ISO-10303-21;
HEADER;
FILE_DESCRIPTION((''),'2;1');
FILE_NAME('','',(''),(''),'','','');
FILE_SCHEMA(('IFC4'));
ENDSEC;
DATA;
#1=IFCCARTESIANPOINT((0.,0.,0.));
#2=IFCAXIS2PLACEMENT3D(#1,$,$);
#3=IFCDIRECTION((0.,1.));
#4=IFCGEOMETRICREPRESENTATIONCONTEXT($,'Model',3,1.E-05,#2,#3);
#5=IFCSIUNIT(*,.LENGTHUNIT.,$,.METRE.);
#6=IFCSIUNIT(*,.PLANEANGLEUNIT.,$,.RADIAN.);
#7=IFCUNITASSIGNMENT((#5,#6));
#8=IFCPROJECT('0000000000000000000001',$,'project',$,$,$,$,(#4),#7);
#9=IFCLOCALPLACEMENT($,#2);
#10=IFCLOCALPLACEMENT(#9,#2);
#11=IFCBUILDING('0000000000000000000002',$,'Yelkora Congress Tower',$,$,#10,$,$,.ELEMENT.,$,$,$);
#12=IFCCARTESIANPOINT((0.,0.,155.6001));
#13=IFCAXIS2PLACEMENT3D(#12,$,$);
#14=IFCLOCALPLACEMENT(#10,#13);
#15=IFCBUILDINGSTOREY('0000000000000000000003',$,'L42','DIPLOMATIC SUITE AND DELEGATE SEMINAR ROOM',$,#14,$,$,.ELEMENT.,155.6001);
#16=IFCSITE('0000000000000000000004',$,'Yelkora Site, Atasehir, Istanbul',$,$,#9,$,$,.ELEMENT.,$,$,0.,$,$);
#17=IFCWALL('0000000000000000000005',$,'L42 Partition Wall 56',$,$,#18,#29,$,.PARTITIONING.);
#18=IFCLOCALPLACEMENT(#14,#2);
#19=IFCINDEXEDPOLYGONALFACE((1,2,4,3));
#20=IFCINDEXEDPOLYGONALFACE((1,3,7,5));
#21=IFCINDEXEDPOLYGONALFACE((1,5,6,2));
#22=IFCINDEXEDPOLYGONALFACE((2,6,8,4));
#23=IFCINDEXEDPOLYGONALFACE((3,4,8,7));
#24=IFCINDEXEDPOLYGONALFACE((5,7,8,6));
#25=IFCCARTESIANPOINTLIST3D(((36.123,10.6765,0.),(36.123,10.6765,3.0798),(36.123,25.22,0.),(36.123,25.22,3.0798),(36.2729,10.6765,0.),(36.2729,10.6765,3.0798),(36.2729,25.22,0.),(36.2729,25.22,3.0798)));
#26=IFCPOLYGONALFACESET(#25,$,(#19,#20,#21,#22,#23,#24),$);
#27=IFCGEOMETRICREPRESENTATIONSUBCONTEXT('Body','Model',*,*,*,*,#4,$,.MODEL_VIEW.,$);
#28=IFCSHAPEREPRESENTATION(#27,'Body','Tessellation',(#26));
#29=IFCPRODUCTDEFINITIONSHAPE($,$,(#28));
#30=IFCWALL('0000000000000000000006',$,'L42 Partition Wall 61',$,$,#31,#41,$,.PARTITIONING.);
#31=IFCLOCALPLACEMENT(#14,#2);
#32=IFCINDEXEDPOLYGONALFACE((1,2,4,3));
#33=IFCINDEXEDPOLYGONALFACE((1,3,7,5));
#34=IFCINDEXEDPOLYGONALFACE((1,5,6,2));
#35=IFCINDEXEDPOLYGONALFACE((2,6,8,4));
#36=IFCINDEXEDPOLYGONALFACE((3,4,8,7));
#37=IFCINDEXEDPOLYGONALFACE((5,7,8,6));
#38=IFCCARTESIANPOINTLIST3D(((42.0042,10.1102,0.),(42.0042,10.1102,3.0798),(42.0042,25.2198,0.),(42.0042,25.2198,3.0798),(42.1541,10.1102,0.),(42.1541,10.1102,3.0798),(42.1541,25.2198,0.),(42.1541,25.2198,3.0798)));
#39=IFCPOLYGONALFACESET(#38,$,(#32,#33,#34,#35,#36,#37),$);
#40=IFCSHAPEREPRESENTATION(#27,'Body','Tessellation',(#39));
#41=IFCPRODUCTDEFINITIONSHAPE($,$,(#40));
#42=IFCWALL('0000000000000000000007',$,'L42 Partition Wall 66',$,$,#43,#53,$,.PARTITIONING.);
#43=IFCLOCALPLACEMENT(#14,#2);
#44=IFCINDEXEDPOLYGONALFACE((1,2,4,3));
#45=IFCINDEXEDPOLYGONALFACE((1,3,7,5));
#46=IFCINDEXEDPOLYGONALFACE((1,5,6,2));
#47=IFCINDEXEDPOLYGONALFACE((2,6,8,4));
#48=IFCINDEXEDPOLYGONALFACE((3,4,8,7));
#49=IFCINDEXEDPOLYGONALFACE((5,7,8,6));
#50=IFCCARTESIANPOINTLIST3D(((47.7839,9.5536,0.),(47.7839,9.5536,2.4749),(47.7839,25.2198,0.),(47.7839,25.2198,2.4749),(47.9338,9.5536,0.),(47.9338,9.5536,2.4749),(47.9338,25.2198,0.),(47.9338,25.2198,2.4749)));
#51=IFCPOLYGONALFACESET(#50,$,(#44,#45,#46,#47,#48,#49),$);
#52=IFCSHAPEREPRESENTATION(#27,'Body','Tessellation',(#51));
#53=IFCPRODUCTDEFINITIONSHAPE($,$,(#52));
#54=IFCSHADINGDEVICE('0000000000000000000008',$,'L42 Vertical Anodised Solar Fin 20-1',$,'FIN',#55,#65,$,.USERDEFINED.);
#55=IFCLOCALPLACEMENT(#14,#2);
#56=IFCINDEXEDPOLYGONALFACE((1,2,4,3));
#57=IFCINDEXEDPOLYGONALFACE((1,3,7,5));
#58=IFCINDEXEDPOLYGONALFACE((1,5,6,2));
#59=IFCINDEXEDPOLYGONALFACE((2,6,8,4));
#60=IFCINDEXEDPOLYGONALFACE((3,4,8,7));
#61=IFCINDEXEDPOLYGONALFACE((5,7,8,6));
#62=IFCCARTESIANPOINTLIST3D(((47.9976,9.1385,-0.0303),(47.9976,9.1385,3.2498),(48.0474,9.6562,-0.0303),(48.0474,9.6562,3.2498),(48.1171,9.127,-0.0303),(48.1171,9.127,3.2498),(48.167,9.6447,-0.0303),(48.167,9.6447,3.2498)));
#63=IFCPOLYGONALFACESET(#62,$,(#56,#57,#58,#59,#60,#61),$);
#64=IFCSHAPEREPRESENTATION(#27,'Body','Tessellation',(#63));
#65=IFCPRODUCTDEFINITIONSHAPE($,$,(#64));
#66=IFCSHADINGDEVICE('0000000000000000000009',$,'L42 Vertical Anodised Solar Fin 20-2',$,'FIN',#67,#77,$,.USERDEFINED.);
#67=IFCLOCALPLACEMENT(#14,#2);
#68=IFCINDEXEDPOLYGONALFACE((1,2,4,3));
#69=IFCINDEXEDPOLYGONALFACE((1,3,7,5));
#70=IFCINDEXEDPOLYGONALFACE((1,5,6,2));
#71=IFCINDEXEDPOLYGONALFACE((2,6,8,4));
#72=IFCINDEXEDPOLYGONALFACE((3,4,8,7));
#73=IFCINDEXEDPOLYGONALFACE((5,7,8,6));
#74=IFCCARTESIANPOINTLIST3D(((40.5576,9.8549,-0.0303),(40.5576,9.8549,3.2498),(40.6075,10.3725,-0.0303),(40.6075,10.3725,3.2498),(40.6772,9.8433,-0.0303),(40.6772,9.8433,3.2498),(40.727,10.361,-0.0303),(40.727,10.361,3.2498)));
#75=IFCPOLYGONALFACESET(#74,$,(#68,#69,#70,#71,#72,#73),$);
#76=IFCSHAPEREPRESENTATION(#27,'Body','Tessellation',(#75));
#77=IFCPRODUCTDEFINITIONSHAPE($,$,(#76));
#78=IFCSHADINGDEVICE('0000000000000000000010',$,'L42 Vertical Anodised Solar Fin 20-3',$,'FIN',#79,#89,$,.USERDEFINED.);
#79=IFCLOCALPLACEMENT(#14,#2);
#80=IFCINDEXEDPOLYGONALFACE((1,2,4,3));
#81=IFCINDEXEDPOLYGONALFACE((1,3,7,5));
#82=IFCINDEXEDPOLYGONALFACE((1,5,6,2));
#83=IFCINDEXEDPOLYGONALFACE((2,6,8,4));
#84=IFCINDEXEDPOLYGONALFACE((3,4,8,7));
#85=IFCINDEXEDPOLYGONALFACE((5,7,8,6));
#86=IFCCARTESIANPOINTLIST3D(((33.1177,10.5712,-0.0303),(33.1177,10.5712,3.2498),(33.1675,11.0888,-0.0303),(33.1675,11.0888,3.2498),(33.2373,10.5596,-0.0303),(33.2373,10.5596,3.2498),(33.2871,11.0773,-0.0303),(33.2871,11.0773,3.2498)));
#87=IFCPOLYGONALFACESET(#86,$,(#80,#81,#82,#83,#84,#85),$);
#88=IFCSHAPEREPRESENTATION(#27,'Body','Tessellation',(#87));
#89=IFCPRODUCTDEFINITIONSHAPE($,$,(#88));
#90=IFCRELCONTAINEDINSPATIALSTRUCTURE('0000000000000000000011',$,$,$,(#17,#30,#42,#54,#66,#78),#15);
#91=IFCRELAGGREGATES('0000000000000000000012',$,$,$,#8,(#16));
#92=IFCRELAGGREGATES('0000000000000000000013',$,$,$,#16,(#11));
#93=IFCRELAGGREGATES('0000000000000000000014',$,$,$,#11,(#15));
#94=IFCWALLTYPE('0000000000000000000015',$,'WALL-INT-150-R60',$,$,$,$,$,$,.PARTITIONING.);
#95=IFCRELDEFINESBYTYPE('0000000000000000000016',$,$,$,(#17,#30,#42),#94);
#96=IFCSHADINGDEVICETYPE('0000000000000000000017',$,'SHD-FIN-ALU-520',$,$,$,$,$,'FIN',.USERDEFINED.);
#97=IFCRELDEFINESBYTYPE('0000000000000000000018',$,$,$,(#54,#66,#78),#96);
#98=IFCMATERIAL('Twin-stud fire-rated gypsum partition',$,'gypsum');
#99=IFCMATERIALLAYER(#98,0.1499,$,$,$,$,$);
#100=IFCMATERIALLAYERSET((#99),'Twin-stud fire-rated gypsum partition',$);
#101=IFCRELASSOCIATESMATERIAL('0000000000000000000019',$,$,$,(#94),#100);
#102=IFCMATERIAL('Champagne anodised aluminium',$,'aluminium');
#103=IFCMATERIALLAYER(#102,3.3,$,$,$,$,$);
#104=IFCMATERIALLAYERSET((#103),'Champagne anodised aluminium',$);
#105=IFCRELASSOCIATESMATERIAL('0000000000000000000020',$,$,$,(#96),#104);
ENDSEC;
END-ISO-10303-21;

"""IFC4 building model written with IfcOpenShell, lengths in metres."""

from ifc_helpers import new_model, si_unit, direction, frame, frame_2d, origin, origin_2d, place, context, subcontext, project, spatial, rectangle, extrude, material, layer, layer_set, type_object, element, save


model = new_model("IFC4")

# Units and contexts
model_context = context("Model", 3, precision=1e-05, world=origin(), true_north=direction((0.0, 1.0)))
body_context = subcontext(model_context, "Body", "Model", "MODEL_VIEW")
ifc_project = project(units=[si_unit("LENGTHUNIT", "METRE"), si_unit("PLANEANGLEUNIT", "RADIAN")], contexts=[model_context])

# Site, building, storey
site_placement = place(None, origin())
site = spatial("IfcSite", under=ifc_project, at=site_placement, Name="Yelkora Site, Atasehir, Istanbul", CompositionType="ELEMENT", RefElevation=0.0)
building_placement = place(site_placement, origin())
building = spatial("IfcBuilding", under=site, at=building_placement, Name="Yelkora Congress Tower", CompositionType="ELEMENT")
storey_placement = place(building_placement, frame((0.0, 0.0, 155.6001)))
storey = spatial("IfcBuildingStorey", under=building, at=storey_placement, Name="L42", Description="DIPLOMATIC SUITE AND DELEGATE SEMINAR ROOM", CompositionType="ELEMENT", Elevation=155.6001)

# Walls
ifc_material_1 = material(Name="Twin-stud fire-rated gypsum partition", Category="gypsum")
ifc_layer_1 = layer(ifc_material_1, 0.1499)
ifc_layer_set_1 = layer_set([ifc_layer_1], Name="Twin-stud fire-rated gypsum partition")
wall_type = type_object("IfcWallType", Name="WALL-INT-150-R60", PredefinedType="PARTITIONING", material=ifc_layer_set_1)
wall_1_placement = place(storey_placement, frame((36.198, 10.6765, 0.0), z_axis=(0.0, 0.0, 1.0), x_axis=(0.0, 1.0, 0.0)))
element("IfcWall", 1, at=wall_1_placement, inside=storey, type_object=wall_type, Name="L42 Partition Wall 56", PredefinedType="PARTITIONING", context=body_context, shape_type="SweptSolid", body=[
    extrude(rectangle(XDim=14.5435, YDim=0.1499, at=frame_2d((7.2717, 0.0))), origin(), (0.0, 0.0, 1.0), 3.0798),
])
wall_2_placement = place(storey_placement, frame((42.0791, 10.1104, 0.0), z_axis=(0.0, 0.0, 1.0), x_axis=(0.0, 1.0, 0.0)))
element("IfcWall", 2, at=wall_2_placement, inside=storey, type_object=wall_type, Name="L42 Partition Wall 61", PredefinedType="PARTITIONING", context=body_context, shape_type="SweptSolid", body=[
    extrude(rectangle(XDim=15.1096, YDim=0.1499, at=frame_2d((7.5547, 0.0))), origin(), (0.0, 0.0, 1.0), 3.0798),
])
wall_3_placement = place(storey_placement, frame((47.8589, 9.5537, 0.0), z_axis=(0.0, 0.0, 1.0), x_axis=(0.0, 1.0, 0.0)))
element("IfcWall", 3, at=wall_3_placement, inside=storey, type_object=wall_type, Name="L42 Partition Wall 66", PredefinedType="PARTITIONING", context=body_context, shape_type="SweptSolid", body=[
    extrude(rectangle(XDim=15.6663, YDim=0.1499, at=frame_2d((7.833, 0.0))), origin(), (0.0, 0.0, 1.0), 2.4749),
])

# Shading devices
ifc_material_2 = material(Name="Champagne anodised aluminium", Category="aluminium")
ifc_layer_2 = layer(ifc_material_2, 3.3)
ifc_layer_set_2 = layer_set([ifc_layer_2], Name="Champagne anodised aluminium")
shading_device_type = type_object("IfcShadingDeviceType", Name="SHD-FIN-ALU-520", ElementType="FIN", PredefinedType="USERDEFINED", material=ifc_layer_set_2)
for number, where, z_axis, x_axis, name in (
    (4, (48.0823, 9.3916, -0.0303), (0.0, 0.0, 1.0), (-0.995396, 0.095846, 0.0), "L42 Vertical Anodised Solar Fin 20-1"),
    (5, (40.6423, 10.1079, -0.0303), (0.0, 0.0, 1.0), (-0.995396, 0.095846, 0.0), "L42 Vertical Anodised Solar Fin 20-2"),
    (6, (33.2024, 10.8242, -0.0303), (0.0, 0.0, 1.0), (-0.995396, 0.095846, 0.0), "L42 Vertical Anodised Solar Fin 20-3"),
):
    element("IfcShadingDevice", number, at=place(storey_placement, frame(where, z_axis=z_axis, x_axis=x_axis)), inside=storey, type_object=shading_device_type, Name=name, ObjectType="FIN", PredefinedType="USERDEFINED", context=body_context, shape_type="SweptSolid", body=[
        extrude(rectangle(XDim=0.1201, YDim=0.52, at=origin_2d()), origin(), (0.0, 0.0, 1.0), 3.28),
    ])

save(model, "model.ifc")
